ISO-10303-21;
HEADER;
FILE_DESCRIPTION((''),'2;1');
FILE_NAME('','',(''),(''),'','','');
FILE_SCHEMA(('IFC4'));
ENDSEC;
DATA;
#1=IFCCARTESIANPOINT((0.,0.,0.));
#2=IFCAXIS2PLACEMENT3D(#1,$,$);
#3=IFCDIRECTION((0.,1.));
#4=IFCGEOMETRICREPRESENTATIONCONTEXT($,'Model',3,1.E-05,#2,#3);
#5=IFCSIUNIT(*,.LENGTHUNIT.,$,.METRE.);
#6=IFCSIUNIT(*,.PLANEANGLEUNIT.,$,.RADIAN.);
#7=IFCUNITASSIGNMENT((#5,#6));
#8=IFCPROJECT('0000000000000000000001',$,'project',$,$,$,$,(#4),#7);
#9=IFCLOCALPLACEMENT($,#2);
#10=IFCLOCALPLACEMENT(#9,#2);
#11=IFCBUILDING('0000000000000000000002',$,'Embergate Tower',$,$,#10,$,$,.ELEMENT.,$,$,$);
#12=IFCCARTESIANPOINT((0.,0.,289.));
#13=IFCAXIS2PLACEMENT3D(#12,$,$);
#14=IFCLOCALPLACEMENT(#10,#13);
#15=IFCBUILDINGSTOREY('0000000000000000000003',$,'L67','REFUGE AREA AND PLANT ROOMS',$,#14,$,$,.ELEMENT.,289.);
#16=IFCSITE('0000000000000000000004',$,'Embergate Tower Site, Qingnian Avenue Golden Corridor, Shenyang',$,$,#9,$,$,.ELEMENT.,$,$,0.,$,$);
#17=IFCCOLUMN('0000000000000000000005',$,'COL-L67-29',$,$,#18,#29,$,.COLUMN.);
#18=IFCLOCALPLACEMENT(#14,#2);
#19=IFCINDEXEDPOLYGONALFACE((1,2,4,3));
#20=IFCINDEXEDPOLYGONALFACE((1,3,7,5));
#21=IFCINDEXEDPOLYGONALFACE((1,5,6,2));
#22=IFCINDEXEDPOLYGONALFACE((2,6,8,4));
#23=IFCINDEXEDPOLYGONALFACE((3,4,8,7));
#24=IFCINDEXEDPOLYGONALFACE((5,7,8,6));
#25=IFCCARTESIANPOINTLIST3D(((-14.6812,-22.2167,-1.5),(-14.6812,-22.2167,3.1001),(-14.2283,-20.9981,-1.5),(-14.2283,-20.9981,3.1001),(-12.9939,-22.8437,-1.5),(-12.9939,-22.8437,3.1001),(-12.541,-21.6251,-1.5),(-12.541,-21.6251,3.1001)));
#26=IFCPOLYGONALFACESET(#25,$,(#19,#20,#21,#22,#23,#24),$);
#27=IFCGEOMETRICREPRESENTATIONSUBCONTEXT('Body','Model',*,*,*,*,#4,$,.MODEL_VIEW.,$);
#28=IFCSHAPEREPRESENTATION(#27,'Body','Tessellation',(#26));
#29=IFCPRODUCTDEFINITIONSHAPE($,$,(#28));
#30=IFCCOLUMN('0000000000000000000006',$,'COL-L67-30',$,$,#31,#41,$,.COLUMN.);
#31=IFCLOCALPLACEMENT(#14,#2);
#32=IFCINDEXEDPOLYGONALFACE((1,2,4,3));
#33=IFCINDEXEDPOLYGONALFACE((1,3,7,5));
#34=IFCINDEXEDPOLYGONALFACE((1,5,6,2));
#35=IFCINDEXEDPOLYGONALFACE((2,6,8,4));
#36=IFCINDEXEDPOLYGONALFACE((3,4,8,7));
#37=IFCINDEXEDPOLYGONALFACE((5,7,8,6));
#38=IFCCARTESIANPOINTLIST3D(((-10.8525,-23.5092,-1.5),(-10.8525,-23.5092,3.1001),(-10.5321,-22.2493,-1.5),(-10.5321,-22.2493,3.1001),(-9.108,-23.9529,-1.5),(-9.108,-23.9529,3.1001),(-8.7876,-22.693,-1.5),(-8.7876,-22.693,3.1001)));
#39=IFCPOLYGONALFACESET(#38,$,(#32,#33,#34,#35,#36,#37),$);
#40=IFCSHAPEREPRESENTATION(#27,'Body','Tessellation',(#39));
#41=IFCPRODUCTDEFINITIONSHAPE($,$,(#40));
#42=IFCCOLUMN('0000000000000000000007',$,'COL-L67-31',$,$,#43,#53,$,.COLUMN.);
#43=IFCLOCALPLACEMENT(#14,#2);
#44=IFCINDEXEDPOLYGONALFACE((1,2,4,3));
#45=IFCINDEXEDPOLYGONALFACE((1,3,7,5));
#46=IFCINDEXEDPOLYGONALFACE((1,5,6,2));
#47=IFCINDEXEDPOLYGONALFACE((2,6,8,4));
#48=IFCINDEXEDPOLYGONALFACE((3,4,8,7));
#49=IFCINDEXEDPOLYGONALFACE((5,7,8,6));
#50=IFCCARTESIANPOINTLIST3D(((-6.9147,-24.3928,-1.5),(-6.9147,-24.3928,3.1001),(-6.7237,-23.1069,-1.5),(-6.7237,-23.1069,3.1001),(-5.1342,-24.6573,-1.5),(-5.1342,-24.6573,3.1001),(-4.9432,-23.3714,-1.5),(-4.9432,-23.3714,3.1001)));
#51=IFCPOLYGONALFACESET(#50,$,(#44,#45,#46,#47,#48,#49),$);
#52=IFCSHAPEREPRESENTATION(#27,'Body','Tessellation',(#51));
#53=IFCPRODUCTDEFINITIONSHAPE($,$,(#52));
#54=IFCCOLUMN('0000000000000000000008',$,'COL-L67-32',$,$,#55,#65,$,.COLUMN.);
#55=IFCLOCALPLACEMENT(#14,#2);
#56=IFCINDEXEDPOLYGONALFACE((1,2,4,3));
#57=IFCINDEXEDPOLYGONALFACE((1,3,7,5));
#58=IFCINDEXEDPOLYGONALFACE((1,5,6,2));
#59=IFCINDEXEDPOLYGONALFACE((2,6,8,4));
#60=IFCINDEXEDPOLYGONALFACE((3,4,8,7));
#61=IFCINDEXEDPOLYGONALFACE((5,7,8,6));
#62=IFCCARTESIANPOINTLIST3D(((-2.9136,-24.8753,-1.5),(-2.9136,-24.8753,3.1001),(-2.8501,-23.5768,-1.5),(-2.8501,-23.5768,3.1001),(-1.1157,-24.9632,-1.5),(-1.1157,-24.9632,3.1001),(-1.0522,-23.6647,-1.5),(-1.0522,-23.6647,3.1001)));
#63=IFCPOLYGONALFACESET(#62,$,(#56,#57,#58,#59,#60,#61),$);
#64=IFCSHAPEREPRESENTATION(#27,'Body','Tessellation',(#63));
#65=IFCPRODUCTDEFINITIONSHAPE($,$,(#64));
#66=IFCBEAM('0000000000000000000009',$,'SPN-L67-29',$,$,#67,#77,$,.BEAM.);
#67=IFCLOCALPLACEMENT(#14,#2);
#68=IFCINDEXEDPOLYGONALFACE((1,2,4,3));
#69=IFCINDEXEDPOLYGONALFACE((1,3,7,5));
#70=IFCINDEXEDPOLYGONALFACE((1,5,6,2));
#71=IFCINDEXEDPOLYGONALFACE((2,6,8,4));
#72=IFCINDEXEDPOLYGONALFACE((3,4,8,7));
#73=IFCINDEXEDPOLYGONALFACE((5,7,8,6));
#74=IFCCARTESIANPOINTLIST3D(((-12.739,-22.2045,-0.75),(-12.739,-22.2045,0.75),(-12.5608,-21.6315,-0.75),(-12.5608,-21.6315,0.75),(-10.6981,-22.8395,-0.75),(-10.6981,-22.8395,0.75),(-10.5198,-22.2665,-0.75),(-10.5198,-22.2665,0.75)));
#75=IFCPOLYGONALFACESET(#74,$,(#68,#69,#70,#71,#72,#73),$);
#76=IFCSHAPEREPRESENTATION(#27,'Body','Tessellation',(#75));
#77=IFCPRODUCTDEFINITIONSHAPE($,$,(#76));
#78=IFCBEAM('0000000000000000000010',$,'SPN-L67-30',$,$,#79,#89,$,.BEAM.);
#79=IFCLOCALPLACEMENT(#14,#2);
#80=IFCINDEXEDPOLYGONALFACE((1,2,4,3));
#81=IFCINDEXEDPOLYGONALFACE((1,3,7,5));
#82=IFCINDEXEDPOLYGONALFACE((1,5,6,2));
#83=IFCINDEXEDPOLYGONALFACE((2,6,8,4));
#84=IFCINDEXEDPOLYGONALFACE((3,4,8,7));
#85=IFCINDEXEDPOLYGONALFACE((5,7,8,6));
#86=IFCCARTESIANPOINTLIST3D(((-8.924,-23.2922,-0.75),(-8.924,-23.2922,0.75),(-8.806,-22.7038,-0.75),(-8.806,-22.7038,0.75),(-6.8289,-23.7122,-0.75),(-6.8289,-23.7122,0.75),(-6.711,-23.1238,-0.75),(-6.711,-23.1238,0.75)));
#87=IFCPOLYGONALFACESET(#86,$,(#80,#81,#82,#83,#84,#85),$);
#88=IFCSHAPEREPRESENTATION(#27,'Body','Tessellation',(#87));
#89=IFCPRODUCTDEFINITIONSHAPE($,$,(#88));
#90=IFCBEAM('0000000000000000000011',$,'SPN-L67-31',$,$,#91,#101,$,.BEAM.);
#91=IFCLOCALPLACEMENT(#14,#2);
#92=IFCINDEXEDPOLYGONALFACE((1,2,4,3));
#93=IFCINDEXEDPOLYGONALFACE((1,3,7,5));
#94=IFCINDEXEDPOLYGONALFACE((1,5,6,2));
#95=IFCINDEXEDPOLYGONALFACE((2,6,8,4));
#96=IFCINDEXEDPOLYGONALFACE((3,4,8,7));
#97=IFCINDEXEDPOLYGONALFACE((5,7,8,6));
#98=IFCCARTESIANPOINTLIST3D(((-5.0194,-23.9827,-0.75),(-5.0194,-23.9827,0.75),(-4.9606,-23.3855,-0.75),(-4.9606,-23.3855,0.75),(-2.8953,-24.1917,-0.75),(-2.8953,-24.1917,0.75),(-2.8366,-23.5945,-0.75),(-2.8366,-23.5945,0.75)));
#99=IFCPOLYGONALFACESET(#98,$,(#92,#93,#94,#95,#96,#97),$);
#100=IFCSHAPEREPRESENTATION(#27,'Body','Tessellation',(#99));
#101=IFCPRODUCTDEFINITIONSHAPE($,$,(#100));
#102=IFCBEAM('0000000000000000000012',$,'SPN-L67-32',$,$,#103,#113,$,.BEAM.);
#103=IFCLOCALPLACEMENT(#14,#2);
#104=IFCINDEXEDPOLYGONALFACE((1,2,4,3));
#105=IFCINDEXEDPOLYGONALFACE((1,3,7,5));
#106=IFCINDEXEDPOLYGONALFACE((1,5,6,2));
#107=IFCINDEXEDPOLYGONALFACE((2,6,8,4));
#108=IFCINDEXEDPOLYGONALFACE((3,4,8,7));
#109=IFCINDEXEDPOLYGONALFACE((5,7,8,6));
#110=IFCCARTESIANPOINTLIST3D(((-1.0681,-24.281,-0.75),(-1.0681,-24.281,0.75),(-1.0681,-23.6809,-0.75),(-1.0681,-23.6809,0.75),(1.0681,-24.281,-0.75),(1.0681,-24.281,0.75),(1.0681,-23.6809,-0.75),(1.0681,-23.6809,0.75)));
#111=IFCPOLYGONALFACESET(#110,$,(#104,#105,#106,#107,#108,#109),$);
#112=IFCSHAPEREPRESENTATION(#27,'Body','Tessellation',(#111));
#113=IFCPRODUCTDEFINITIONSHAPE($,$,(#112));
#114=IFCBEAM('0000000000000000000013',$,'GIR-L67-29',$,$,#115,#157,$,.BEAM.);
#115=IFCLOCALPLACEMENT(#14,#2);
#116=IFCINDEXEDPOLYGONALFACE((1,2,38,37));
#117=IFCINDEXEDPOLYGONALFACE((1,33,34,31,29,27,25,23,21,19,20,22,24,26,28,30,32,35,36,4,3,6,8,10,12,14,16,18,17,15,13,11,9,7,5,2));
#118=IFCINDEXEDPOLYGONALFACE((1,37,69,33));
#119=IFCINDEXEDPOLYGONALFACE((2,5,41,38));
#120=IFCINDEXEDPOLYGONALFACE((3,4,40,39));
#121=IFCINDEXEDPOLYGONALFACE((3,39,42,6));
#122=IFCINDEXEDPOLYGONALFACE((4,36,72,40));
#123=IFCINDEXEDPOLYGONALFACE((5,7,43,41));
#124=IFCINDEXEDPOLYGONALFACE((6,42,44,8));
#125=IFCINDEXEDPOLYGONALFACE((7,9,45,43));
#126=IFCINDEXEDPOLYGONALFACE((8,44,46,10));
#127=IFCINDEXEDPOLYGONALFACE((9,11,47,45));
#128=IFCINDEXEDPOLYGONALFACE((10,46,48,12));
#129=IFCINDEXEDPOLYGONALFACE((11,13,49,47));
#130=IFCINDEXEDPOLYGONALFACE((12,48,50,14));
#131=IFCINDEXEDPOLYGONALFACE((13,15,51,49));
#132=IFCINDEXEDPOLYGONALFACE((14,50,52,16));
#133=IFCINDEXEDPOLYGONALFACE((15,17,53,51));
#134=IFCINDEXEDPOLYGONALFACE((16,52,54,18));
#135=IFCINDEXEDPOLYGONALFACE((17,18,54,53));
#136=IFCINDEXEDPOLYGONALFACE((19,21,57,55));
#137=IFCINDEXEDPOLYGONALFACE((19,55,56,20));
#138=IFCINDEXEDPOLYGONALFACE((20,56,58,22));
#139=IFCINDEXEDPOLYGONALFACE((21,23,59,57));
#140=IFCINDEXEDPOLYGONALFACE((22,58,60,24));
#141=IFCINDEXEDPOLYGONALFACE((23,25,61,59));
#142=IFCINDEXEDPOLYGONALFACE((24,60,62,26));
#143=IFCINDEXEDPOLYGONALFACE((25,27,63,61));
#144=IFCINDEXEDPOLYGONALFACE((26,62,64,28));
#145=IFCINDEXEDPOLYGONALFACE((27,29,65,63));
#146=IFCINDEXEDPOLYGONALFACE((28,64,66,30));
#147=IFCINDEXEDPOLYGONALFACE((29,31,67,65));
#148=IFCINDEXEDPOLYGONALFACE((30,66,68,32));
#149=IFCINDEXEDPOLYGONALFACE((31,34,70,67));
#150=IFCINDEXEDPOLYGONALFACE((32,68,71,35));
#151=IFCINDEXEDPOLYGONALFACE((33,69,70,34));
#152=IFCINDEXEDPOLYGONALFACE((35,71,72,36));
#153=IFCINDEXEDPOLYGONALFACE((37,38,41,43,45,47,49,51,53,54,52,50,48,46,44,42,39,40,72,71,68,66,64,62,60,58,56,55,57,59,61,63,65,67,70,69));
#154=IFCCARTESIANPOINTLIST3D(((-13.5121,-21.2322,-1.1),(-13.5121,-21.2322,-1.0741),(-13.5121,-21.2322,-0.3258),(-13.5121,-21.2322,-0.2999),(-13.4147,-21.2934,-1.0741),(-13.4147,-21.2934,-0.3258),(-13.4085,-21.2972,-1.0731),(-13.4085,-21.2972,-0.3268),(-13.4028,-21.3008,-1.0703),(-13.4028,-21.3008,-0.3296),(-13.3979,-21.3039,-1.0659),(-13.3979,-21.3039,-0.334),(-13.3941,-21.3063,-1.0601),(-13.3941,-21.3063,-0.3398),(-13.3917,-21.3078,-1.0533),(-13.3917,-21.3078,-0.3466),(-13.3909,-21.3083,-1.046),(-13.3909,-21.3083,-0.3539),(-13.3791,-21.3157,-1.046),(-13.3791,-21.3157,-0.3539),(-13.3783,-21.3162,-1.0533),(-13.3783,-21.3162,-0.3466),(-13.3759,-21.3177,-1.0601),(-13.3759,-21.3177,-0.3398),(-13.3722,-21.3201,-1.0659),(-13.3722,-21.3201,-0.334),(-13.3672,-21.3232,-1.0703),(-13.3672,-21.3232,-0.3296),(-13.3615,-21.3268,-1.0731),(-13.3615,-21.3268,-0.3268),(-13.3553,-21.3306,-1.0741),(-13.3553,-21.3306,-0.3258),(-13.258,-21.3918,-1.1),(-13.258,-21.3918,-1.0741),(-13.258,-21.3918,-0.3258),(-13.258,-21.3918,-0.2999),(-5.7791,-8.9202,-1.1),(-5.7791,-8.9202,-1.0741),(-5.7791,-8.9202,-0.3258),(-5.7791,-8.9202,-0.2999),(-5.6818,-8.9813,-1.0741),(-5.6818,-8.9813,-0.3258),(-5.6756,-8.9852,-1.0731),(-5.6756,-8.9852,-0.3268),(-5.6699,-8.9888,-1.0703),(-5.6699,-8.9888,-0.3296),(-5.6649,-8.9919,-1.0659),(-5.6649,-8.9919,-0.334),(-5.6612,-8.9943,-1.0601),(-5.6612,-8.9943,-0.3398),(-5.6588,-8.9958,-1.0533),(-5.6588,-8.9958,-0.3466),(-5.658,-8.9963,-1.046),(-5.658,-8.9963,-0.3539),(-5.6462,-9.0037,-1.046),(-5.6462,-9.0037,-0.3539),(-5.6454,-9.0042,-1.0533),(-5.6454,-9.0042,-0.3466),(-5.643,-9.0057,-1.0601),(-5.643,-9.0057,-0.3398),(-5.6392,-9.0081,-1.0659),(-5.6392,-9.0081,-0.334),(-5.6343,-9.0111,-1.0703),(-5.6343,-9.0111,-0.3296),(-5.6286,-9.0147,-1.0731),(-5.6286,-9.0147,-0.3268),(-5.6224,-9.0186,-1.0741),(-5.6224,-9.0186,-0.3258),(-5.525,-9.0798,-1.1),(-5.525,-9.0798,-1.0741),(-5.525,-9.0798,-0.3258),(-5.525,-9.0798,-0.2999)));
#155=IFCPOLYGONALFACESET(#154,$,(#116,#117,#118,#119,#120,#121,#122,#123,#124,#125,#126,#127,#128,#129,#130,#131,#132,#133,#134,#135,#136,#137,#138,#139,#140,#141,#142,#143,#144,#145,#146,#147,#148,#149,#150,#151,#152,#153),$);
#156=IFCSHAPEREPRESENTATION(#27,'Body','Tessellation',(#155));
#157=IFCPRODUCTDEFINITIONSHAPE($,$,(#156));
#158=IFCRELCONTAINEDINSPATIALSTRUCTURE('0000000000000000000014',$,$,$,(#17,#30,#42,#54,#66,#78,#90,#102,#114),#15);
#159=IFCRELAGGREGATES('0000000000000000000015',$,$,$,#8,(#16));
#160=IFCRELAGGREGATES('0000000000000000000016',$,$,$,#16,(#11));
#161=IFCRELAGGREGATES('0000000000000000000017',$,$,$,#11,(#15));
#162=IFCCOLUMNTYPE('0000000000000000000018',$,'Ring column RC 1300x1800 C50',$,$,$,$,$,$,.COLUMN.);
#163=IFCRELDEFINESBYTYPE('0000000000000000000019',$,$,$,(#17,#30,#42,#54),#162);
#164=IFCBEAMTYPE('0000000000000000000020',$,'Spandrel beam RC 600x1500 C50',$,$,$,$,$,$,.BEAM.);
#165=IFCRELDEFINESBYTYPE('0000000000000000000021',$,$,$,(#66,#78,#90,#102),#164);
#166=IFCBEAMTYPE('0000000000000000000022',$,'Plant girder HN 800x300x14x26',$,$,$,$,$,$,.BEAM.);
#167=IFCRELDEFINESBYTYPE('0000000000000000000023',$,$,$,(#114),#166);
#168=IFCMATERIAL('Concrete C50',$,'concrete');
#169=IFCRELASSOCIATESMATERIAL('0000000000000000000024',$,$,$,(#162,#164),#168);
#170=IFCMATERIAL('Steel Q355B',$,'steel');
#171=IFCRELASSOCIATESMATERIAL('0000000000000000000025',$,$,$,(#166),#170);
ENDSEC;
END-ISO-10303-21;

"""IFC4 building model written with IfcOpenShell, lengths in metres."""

from ifc_helpers import new_model, si_unit, direction, frame, origin, origin_2d, place, context, subcontext, project, spatial, rectangle, i_section, extrude, source, transform, mapped, material, material_profile, profile_set, type_object, element, save


model = new_model("IFC4")

# Units and contexts
model_context = context("Model", 3, precision=1e-05, world=origin(), true_north=direction((0.0, 1.0)))
body_context = subcontext(model_context, "Body", "Model", "MODEL_VIEW")
ifc_project = project(units=[si_unit("LENGTHUNIT", "METRE"), si_unit("PLANEANGLEUNIT", "RADIAN")], contexts=[model_context])

# Site, building, storey
site_placement = place(None, origin())
site = spatial("IfcSite", under=ifc_project, at=site_placement, Name="Embergate Tower Site, Qingnian Avenue Golden Corridor, Shenyang", CompositionType="ELEMENT", RefElevation=0.0)
building_placement = place(site_placement, origin())
building = spatial("IfcBuilding", under=site, at=building_placement, Name="Embergate Tower", CompositionType="ELEMENT")
storey_placement = place(building_placement, frame((0.0, 0.0, 289.0)))
storey = spatial("IfcBuildingStorey", under=building, at=storey_placement, Name="L67", Description="REFUGE AREA AND PLANT ROOMS", CompositionType="ELEMENT", Elevation=289.0)

# Columns
ifc_material_1 = material(Name="Concrete C50", Category="concrete")
ifc_material_profile_1 = material_profile(ifc_material_1, rectangle(XDim=1.3, YDim=1.8, at=origin_2d()), Name="RC 1300x1800")
ifc_profile_set_1 = profile_set([ifc_material_profile_1], Name="Concrete C50")
column_type = type_object("IfcColumnType", Name="Ring column RC 1300x1800 C50", PredefinedType="COLUMN", material=ifc_profile_set_1)
shared_shape_1 = source(origin(), body_context, "Body", "SweptSolid", [
    extrude(rectangle(XDim=1.3, YDim=1.8, at=origin_2d()), origin(), (0.0, 0.0, 1.0), 4.6001),
])
for number, where, z_axis, x_axis, name in (
    (1, (-13.6111, -21.9209, -1.5), (0.0, 0.0, 1.0), (-0.348343, -0.937367, 0.0), "COL-L67-29"),
    (2, (-9.8201, -23.1011, -1.5), (0.0, 0.0, 1.0), (-0.246492, -0.969145, 0.0), "COL-L67-30"),
    (3, (-5.929, -23.8821, -1.5), (0.0, 0.0, 1.0), (-0.146929, -0.989147, 0.0), "COL-L67-31"),
    (4, (-1.9829, -24.27, -1.5), (0.0, 0.0, 1.0), (-0.048815, -0.998808, 0.0), "COL-L67-32"),
):
    element("IfcColumn", number, at=place(storey_placement, frame(where, z_axis=z_axis, x_axis=x_axis)), inside=storey, type_object=column_type, Name=name, PredefinedType="COLUMN", context=body_context, shape_type="MappedRepresentation", body=[
        mapped(shared_shape_1, transform((0.0, 0.0, 0.0))),
    ])

# Beams
ifc_material_profile_2 = material_profile(ifc_material_1, rectangle(XDim=0.6001, YDim=1.5, at=origin_2d()), Name="RC 600x1500")
ifc_profile_set_2 = profile_set([ifc_material_profile_2], Name="Concrete C50")
beam_type_1 = type_object("IfcBeamType", Name="Spandrel beam RC 600x1500 C50", PredefinedType="BEAM", material=ifc_profile_set_2)
shared_shape_2 = source(origin(), body_context, "Body", "SweptSolid", [
    extrude(rectangle(XDim=0.6001, YDim=1.5, at=origin_2d()), origin(), (0.0, 0.0, 1.0), 2.1375),
])
beam_1_placement = place(storey_placement, frame((-12.6499, -21.918, 0.0), z_axis=(0.954853, -0.297078, 0.0), x_axis=(0.297078, 0.954853, 0.0)))
element("IfcBeam", 5, at=beam_1_placement, inside=storey, type_object=beam_type_1, Name="SPN-L67-29", PredefinedType="BEAM", context=body_context, shape_type="MappedRepresentation", body=[
    mapped(shared_shape_2, transform((0.0, 0.0, 0.0))),
])
shared_shape_3 = source(origin(), body_context, "Body", "SweptSolid", [
    extrude(rectangle(XDim=0.6001, YDim=1.5, at=origin_2d()), origin(), (0.0, 0.0, 1.0), 2.1367),
])
beam_2_placement = place(storey_placement, frame((-8.865, -22.998, 0.0), z_axis=(0.980497, -0.196534, 0.0), x_axis=(0.196534, 0.980497, 0.0)))
element("IfcBeam", 6, at=beam_2_placement, inside=storey, type_object=beam_type_1, Name="SPN-L67-30", PredefinedType="BEAM", context=body_context, shape_type="MappedRepresentation", body=[
    mapped(shared_shape_3, transform((0.0, 0.0, 0.0))),
])
shared_shape_4 = source(origin(), body_context, "Body", "SweptSolid", [
    extrude(rectangle(XDim=0.6001, YDim=1.5, at=origin_2d()), origin(), (0.0, 0.0, 1.0), 2.1343),
])
beam_3_placement = place(storey_placement, frame((-4.99, -23.6841, 0.0), z_axis=(0.995194, -0.097918, 0.0), x_axis=(0.097918, 0.995194, 0.0)))
element("IfcBeam", 7, at=beam_3_placement, inside=storey, type_object=beam_type_1, Name="SPN-L67-31", PredefinedType="BEAM", context=body_context, shape_type="MappedRepresentation", body=[
    mapped(shared_shape_4, transform((0.0, 0.0, 0.0))),
])
shared_shape_5 = source(origin(), body_context, "Body", "SweptSolid", [
    extrude(rectangle(XDim=0.6001, YDim=1.5, at=origin_2d()), origin(), (0.0, 0.0, 1.0), 2.1362),
])
beam_4_placement = place(storey_placement, frame((-1.0681, -23.981, 0.0), z_axis=(1.0, 0.0, 0.0), x_axis=(0.0, 1.0, 0.0)))
element("IfcBeam", 8, at=beam_4_placement, inside=storey, type_object=beam_type_1, Name="SPN-L67-32", PredefinedType="BEAM", context=body_context, shape_type="MappedRepresentation", body=[
    mapped(shared_shape_5, transform((0.0, 0.0, 0.0))),
])
ifc_material_2 = material(Name="Steel Q355B", Category="steel")
ifc_material_profile_3 = material_profile(ifc_material_2, i_section(OverallWidth=0.3, OverallDepth=0.8, WebThickness=0.0139, FlangeThickness=0.0259, FilletRadius=0.0281, at=origin_2d()), Name="HN 800x300x14x26")
ifc_profile_set_3 = profile_set([ifc_material_profile_3], Name="Steel Q355 grade B")
beam_type_2 = type_object("IfcBeamType", Name="Plant girder HN 800x300x14x26", PredefinedType="BEAM", material=ifc_profile_set_3)
shared_shape_6 = source(origin(), body_context, "Body", "SweptSolid", [
    extrude(i_section(OverallWidth=0.3, OverallDepth=0.8, WebThickness=0.0139, FlangeThickness=0.0259, FilletRadius=0.0281, at=origin_2d()), origin(), (0.0, 0.0, 1.0), 14.5391),
])
beam_5_placement = place(storey_placement, frame((-13.385, -21.312, -0.7), z_axis=(0.531872, 0.846825, 0.0), x_axis=(-0.846825, 0.531872, 0.0)))
element("IfcBeam", 9, at=beam_5_placement, inside=storey, type_object=beam_type_2, Name="GIR-L67-29", PredefinedType="BEAM", context=body_context, shape_type="MappedRepresentation", body=[
    mapped(shared_shape_6, transform((0.0, 0.0, 0.0))),
])

save(model, "model.ifc")
